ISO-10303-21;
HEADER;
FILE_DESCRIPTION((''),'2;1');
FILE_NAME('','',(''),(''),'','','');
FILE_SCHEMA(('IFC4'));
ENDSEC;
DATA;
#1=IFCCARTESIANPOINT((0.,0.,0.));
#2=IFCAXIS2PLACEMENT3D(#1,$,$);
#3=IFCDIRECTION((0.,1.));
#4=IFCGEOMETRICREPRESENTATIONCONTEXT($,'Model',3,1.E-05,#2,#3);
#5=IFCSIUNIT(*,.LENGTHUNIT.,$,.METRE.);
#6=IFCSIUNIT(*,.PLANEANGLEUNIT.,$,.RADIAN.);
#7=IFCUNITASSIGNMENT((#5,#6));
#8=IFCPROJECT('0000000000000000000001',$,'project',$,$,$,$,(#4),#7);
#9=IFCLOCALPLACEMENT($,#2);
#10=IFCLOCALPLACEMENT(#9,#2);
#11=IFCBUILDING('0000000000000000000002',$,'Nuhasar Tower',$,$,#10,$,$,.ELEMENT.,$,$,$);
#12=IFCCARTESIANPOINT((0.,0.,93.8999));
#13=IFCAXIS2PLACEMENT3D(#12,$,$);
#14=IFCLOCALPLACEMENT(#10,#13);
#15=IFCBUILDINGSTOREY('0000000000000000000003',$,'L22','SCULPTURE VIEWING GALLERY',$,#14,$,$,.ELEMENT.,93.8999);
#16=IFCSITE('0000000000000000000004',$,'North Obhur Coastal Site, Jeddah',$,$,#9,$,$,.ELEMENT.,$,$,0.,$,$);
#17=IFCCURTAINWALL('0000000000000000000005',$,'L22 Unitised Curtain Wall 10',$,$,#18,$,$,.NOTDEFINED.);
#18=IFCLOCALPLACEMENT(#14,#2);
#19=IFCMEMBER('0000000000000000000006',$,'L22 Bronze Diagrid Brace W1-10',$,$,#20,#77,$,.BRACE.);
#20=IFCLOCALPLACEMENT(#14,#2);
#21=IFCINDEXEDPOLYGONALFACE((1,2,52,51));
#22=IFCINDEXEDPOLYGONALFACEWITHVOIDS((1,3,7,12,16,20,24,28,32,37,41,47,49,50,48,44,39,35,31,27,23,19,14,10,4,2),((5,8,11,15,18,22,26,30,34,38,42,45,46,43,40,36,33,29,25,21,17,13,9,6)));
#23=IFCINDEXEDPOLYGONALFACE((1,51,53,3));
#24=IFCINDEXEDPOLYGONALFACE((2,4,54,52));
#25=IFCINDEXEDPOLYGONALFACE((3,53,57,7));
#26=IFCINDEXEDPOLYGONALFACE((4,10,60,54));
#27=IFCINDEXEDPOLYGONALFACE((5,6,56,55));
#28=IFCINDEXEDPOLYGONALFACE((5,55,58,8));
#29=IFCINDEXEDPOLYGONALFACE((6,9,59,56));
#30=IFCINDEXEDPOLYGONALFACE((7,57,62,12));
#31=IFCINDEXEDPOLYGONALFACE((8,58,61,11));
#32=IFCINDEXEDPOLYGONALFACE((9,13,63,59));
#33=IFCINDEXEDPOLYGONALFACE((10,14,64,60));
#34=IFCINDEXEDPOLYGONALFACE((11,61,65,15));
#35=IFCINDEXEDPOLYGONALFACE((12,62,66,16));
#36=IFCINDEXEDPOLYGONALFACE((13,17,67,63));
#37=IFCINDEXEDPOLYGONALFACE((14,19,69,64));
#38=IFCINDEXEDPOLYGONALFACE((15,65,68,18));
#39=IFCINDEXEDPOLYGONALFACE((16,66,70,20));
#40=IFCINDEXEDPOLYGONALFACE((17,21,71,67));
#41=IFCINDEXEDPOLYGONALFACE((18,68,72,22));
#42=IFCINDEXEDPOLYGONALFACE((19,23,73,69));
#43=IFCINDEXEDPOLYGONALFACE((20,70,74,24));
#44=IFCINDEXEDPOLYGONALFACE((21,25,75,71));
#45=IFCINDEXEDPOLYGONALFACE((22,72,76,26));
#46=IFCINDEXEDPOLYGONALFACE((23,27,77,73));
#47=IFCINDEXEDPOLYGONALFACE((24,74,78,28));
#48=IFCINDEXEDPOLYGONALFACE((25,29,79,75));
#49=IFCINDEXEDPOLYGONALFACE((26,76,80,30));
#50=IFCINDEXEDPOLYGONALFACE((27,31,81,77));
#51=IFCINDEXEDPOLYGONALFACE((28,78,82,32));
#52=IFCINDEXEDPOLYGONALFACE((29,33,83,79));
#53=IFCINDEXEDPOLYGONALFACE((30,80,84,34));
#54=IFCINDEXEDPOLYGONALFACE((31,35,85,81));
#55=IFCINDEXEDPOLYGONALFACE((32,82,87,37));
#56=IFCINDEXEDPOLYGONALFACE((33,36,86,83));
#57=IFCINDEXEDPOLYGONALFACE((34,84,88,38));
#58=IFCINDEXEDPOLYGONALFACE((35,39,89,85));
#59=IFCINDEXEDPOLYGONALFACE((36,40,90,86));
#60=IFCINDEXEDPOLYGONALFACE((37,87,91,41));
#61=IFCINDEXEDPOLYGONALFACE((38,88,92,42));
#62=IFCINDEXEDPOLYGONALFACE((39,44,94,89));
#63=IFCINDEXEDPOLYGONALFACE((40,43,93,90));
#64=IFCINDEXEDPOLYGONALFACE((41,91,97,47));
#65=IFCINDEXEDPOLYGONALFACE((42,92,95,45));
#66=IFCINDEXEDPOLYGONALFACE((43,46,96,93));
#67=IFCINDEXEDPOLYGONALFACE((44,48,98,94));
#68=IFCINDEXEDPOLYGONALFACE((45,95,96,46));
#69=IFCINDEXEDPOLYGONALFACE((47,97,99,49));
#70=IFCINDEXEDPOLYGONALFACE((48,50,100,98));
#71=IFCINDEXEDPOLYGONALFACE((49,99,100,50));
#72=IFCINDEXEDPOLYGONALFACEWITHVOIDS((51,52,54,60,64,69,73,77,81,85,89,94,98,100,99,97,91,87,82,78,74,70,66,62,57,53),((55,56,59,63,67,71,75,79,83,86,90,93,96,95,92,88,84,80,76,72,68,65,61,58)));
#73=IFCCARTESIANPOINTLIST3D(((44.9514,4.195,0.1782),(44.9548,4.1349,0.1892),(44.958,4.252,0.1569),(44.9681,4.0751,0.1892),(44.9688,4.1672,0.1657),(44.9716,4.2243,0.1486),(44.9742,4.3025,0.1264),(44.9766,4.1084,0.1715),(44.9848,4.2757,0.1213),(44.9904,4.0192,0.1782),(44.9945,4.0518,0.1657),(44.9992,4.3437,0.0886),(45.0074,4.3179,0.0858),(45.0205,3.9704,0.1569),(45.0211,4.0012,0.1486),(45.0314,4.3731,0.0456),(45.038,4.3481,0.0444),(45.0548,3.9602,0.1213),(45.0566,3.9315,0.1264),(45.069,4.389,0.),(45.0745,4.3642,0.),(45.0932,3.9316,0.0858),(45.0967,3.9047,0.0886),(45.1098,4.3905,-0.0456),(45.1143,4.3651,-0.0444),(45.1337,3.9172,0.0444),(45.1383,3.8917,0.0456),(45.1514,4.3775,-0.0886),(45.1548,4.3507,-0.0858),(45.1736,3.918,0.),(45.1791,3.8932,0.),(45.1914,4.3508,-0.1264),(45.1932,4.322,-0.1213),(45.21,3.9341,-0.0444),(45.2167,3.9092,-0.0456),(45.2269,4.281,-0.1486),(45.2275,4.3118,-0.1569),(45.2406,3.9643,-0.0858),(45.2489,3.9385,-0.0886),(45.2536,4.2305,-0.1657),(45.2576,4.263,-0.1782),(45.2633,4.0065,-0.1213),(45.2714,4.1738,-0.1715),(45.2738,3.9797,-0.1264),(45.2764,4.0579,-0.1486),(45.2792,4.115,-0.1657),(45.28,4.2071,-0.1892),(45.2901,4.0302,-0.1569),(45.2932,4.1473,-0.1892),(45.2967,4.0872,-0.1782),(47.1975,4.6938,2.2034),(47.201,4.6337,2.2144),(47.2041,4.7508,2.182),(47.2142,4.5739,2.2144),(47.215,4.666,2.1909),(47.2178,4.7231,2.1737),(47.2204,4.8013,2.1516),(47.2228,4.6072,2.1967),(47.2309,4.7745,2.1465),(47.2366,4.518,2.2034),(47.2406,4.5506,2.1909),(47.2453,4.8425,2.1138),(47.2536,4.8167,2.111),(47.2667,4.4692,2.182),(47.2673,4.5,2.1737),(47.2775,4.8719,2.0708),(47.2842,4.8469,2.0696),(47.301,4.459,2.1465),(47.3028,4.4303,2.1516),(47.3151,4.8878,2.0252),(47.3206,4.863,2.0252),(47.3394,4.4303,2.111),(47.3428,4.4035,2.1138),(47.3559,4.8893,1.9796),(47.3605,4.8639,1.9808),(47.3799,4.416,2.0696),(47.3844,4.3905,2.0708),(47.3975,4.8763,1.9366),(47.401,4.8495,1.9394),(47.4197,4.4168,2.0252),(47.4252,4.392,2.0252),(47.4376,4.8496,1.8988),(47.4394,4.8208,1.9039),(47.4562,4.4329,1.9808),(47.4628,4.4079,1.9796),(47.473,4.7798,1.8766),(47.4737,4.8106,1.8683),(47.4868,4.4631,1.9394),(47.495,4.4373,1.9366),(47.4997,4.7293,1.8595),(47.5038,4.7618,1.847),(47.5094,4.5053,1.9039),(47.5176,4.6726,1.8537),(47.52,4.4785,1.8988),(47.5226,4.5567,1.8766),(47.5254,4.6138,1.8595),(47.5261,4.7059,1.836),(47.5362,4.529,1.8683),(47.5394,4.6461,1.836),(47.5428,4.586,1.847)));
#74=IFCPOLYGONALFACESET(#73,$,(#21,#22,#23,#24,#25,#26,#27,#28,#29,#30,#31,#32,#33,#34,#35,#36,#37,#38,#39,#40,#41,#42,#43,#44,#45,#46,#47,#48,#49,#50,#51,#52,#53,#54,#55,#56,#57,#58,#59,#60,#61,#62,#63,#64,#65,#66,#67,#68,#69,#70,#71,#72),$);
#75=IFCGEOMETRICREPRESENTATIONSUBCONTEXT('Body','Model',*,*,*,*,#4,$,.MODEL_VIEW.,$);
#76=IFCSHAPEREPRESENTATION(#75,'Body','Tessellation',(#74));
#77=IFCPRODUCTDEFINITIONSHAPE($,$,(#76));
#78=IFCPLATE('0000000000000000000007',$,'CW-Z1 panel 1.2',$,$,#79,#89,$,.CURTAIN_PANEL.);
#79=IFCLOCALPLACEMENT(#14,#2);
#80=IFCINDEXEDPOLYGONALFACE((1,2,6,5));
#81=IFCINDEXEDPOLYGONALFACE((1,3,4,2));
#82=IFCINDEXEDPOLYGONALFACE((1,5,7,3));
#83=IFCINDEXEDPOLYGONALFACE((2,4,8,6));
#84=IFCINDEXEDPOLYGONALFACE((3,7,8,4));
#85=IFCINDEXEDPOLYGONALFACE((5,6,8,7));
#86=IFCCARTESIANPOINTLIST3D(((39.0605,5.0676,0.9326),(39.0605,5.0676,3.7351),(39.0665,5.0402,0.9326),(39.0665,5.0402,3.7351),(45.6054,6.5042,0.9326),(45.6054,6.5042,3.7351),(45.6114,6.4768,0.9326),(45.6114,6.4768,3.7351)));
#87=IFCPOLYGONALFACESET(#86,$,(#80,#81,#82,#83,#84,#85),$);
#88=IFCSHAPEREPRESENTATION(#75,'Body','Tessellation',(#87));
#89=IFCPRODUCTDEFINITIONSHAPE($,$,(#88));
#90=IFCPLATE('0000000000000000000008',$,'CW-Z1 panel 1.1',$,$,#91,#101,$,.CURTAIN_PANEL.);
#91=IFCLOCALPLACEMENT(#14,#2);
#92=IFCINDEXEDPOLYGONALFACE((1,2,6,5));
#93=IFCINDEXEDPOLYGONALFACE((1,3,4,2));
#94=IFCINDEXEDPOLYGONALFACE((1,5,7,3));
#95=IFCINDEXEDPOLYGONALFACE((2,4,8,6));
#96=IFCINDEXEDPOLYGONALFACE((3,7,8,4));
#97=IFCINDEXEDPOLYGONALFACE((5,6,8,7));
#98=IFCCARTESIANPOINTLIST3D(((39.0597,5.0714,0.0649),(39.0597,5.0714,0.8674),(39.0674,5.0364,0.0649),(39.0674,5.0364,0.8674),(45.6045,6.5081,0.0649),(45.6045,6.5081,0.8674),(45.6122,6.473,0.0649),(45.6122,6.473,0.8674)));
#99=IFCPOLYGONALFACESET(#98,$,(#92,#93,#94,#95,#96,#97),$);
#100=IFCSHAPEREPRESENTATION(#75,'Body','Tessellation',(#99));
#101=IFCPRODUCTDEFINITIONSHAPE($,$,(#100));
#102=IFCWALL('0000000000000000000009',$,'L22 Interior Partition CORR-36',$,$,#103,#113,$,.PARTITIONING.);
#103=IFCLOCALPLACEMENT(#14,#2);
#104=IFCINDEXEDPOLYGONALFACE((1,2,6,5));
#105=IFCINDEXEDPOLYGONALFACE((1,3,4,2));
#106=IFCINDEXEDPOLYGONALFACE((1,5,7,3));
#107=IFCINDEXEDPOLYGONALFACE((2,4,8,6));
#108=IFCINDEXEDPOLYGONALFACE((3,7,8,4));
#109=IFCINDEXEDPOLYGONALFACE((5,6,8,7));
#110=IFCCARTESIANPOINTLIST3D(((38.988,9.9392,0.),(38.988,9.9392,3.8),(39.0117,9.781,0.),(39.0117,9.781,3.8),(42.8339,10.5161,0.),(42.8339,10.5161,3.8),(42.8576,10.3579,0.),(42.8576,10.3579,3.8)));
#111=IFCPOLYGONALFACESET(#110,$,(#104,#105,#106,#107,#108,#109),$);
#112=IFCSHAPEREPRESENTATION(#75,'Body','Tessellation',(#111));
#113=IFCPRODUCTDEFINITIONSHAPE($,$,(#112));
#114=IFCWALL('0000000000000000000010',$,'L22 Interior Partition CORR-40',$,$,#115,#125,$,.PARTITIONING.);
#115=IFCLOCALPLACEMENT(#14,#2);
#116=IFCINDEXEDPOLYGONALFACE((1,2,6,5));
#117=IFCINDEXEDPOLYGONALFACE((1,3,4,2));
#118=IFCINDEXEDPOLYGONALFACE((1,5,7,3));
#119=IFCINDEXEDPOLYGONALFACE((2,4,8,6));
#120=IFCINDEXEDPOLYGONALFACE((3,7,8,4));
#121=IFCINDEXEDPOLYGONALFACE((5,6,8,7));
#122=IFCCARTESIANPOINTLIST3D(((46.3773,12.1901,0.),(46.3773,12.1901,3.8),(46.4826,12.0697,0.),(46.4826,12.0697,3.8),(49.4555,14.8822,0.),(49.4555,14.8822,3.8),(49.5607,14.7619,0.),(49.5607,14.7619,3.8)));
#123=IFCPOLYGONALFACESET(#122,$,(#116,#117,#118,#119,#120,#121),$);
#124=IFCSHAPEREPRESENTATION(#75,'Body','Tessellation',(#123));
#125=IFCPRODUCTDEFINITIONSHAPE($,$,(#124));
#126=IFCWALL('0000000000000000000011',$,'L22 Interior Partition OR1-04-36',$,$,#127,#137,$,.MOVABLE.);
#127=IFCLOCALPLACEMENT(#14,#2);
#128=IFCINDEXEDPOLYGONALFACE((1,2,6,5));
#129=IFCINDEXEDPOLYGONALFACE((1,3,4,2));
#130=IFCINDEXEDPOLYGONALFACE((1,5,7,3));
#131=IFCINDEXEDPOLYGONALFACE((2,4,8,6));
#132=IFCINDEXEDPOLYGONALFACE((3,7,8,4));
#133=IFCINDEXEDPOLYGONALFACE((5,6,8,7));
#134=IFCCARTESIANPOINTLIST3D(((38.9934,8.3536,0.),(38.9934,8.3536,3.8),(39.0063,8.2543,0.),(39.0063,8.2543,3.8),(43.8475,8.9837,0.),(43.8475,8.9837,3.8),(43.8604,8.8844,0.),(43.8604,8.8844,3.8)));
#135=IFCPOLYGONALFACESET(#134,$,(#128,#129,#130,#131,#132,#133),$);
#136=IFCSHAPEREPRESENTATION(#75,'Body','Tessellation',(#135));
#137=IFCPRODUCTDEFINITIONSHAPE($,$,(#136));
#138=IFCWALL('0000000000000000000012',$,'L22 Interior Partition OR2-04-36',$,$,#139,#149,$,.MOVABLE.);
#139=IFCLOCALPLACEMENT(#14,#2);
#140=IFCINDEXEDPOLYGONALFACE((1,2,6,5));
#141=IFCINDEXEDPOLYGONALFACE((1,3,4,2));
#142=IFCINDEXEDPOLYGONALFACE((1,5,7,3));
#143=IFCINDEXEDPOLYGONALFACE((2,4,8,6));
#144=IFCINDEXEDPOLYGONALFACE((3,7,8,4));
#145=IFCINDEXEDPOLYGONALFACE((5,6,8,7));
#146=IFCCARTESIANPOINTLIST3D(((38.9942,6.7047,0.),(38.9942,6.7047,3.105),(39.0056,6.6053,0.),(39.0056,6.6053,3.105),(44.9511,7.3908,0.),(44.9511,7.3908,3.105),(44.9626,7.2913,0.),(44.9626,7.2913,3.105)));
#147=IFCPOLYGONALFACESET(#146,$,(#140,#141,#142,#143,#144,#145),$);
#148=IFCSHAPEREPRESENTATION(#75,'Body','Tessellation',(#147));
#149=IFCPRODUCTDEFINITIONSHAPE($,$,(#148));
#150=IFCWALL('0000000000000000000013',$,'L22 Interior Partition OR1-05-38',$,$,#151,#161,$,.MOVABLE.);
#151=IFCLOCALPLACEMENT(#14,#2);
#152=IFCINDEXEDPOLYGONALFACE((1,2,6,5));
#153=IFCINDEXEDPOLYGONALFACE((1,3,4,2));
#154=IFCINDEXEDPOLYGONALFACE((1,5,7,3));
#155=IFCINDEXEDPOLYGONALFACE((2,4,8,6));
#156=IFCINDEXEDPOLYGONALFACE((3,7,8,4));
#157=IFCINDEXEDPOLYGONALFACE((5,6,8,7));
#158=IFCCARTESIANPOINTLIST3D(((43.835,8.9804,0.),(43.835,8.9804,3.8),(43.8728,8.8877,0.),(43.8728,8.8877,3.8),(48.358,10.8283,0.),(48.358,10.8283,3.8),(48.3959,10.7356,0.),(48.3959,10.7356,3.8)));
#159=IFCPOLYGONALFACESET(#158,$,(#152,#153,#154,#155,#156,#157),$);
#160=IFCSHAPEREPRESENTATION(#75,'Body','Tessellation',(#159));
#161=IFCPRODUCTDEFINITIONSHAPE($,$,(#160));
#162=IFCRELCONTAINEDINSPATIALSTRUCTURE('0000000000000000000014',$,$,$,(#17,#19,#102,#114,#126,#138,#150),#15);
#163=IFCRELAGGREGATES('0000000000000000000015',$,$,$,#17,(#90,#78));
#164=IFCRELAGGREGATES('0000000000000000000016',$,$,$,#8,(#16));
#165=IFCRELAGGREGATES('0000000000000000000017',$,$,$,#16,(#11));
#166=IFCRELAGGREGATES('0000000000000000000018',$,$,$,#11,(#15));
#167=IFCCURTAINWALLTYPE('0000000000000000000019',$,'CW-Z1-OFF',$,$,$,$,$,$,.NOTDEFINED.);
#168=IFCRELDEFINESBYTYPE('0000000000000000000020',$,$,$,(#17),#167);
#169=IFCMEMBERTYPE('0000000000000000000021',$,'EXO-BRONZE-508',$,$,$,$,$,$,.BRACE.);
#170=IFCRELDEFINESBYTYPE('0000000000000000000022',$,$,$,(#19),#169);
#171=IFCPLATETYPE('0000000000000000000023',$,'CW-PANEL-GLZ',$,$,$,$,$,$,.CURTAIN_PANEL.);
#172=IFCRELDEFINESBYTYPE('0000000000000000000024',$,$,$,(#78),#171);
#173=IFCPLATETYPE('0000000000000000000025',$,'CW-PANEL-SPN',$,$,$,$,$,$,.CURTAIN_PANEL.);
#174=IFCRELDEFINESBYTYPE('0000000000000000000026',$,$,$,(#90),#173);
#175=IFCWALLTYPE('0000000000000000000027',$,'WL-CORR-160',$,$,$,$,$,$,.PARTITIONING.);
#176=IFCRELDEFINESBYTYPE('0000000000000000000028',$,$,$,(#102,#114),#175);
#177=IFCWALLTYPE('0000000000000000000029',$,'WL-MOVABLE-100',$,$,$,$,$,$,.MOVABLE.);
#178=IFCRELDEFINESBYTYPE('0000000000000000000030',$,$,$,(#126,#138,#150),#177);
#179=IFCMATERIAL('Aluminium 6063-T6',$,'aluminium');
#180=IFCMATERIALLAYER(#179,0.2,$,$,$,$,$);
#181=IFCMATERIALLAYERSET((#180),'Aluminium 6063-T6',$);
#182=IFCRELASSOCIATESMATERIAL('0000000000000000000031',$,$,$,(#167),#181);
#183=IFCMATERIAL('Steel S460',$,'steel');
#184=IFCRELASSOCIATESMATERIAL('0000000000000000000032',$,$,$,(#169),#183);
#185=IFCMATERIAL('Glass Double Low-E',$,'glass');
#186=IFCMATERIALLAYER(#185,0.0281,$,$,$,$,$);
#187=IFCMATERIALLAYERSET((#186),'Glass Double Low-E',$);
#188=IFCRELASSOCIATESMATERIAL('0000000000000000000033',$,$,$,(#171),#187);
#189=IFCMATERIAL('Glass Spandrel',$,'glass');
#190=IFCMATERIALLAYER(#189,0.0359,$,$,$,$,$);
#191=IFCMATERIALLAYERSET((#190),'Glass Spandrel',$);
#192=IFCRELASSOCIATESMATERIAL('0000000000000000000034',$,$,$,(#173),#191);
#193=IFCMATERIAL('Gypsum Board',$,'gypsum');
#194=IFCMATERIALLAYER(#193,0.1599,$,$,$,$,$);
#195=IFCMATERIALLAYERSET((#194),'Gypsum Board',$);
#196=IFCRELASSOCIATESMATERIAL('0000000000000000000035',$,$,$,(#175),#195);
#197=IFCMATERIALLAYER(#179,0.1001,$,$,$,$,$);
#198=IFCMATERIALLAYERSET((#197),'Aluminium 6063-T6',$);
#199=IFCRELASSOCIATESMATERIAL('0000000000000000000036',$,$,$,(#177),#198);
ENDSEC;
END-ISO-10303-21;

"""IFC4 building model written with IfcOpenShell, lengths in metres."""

from ifc_helpers import new_model, si_unit, direction, frame, frame_2d, origin, origin_2d, place, context, subcontext, project, spatial, rectangle, hollow_circle, extrude, material, layer, layer_set, material_profile, profile_set, type_object, element, aggregate, save


model = new_model("IFC4")

# Units and contexts
model_context = context("Model", 3, precision=1e-05, world=origin(), true_north=direction((0.0, 1.0)))
body_context = subcontext(model_context, "Body", "Model", "MODEL_VIEW")
ifc_project = project(units=[si_unit("LENGTHUNIT", "METRE"), si_unit("PLANEANGLEUNIT", "RADIAN")], contexts=[model_context])

# Site, building, storey
site_placement = place(None, origin())
site = spatial("IfcSite", under=ifc_project, at=site_placement, Name="North Obhur Coastal Site, Jeddah", CompositionType="ELEMENT", RefElevation=0.0)
building_placement = place(site_placement, origin())
building = spatial("IfcBuilding", under=site, at=building_placement, Name="Nuhasar Tower", CompositionType="ELEMENT")
storey_placement = place(building_placement, frame((0.0, 0.0, 93.8999)))
storey = spatial("IfcBuildingStorey", under=building, at=storey_placement, Name="L22", Description="SCULPTURE VIEWING GALLERY", CompositionType="ELEMENT", Elevation=93.8999)

# Curtain wall
ifc_material_1 = material(Name="Aluminium 6063-T6", Category="aluminium")
ifc_layer_1 = layer(ifc_material_1, 0.2)
ifc_layer_set_1 = layer_set([ifc_layer_1], Name="Aluminium 6063-T6")
curtain_wall_type = type_object("IfcCurtainWallType", Name="CW-Z1-OFF", PredefinedType="NOTDEFINED", material=ifc_layer_set_1)
curtain_wall_placement = place(storey_placement, origin())
curtain_wall = element("IfcCurtainWall", 1, at=curtain_wall_placement, inside=storey, type_object=curtain_wall_type, Name="L22 Unitised Curtain Wall 10", PredefinedType="NOTDEFINED")

# Member
ifc_material_2 = material(Name="Steel S460", Category="steel")
ifc_material_profile_1 = material_profile(ifc_material_2, hollow_circle(Radius=0.2539, WallThickness=0.0254, at=origin_2d()), Name="HSS508X25.4")
ifc_profile_set_1 = profile_set([ifc_material_profile_1], Name="Steel S460")
member_type_1 = type_object("IfcMemberType", Name="EXO-BRONZE-508", PredefinedType="BRACE", material=ifc_profile_set_1)
member_1_placement = place(storey_placement, frame((45.124, 4.1411, 0.0), z_axis=(0.732792, 0.162728, 0.660708), x_axis=(-0.216784, 0.97622, 0.0)))
element("IfcMember", 2, at=member_1_placement, inside=storey, type_object=member_type_1, Name="L22 Bronze Diagrid Brace W1-10", PredefinedType="BRACE", context=body_context, shape_type="SweptSolid", body=[
    extrude(hollow_circle(Radius=0.2539, WallThickness=0.0254, at=origin_2d()), origin(), (0.0, 0.0, 1.0), 3.0652),
])

# Plates
ifc_material_3 = material(Name="Glass Double Low-E", Category="glass")
ifc_layer_2 = layer(ifc_material_3, 0.0281)
ifc_layer_set_2 = layer_set([ifc_layer_2], Name="Glass Double Low-E")
plate_type_1 = type_object("IfcPlateType", Name="CW-PANEL-GLZ", PredefinedType="CURTAIN_PANEL", material=ifc_layer_set_2)
plate_1_placement = place(storey_placement, frame((42.3359, 5.7722, 0.9326), z_axis=(0.0, 0.0, 1.0), x_axis=(0.976746, 0.214399, 0.0)))
plate_1 = element("IfcPlate", 3, at=plate_1_placement, type_object=plate_type_1, Name="CW-Z1 panel 1.2", PredefinedType="CURTAIN_PANEL", context=body_context, shape_type="SweptSolid", body=[
    extrude(rectangle(XDim=6.7007, YDim=0.0281, at=origin_2d()), origin(), (0.0, 0.0, 1.0), 2.8025),
])
ifc_material_4 = material(Name="Glass Spandrel", Category="glass")
ifc_layer_3 = layer(ifc_material_4, 0.0359)
ifc_layer_set_3 = layer_set([ifc_layer_3], Name="Glass Spandrel")
plate_type_2 = type_object("IfcPlateType", Name="CW-PANEL-SPN", PredefinedType="CURTAIN_PANEL", material=ifc_layer_set_3)
plate_2_placement = place(storey_placement, frame((42.3359, 5.7722, 0.0649), z_axis=(0.0, 0.0, 1.0), x_axis=(0.976746, 0.214399, 0.0)))
plate_2 = element("IfcPlate", 4, at=plate_2_placement, type_object=plate_type_2, Name="CW-Z1 panel 1.1", PredefinedType="CURTAIN_PANEL", context=body_context, shape_type="SweptSolid", body=[
    extrude(rectangle(XDim=6.7007, YDim=0.0359, at=origin_2d()), origin(), (0.0, 0.0, 1.0), 0.8025),
])
aggregate(curtain_wall, [plate_2, plate_1])

# Wall
ifc_material_5 = material(Name="Gypsum Board", Category="gypsum")
ifc_layer_4 = layer(ifc_material_5, 0.1599)
ifc_layer_set_4 = layer_set([ifc_layer_4], Name="Gypsum Board")
wall_type_1 = type_object("IfcWallType", Name="WL-CORR-160", PredefinedType="PARTITIONING", material=ifc_layer_set_4)
wall_1_placement = place(storey_placement, frame((39.0, 9.8601, 0.0), z_axis=(0.0, 0.0, 1.0), x_axis=(0.988936, 0.148344, 0.0)))
element("IfcWall", 5, at=wall_1_placement, inside=storey, type_object=wall_type_1, Name="L22 Interior Partition CORR-36", PredefinedType="PARTITIONING", context=body_context, shape_type="SweptSolid", body=[
    extrude(rectangle(XDim=3.8889, YDim=0.1599, at=frame_2d((1.9443, 0.0))), origin(), (0.0, 0.0, 1.0), 3.8),
])

# Walls
wall_2_placement = place(storey_placement, frame((46.4299, 12.1299, 0.0), z_axis=(0.0, 0.0, 1.0), x_axis=(0.752725, 0.658336, 0.0)))
element("IfcWall", 6, at=wall_2_placement, inside=storey, type_object=wall_type_1, Name="L22 Interior Partition CORR-40", PredefinedType="PARTITIONING", context=body_context, shape_type="SweptSolid", body=[
    extrude(rectangle(XDim=4.0894, YDim=0.1599, at=frame_2d((2.0447, 0.0))), origin(), (0.0, 0.0, 1.0), 3.8),
])
ifc_layer_5 = layer(ifc_material_1, 0.1001)
ifc_layer_set_5 = layer_set([ifc_layer_5], Name="Aluminium 6063-T6")
wall_type_2 = type_object("IfcWallType", Name="WL-MOVABLE-100", PredefinedType="MOVABLE", material=ifc_layer_set_5)
wall_3_placement = place(storey_placement, frame((39.0, 8.304, 0.0), z_axis=(0.0, 0.0, 1.0), x_axis=(0.991679, 0.128736, 0.0)))
element("IfcWall", 7, at=wall_3_placement, inside=storey, type_object=wall_type_2, Name="L22 Interior Partition OR1-04-36", PredefinedType="MOVABLE", context=body_context, shape_type="SweptSolid", body=[
    extrude(rectangle(XDim=4.8948, YDim=0.1001, at=frame_2d((2.4473, 0.0))), origin(), (0.0, 0.0, 1.0), 3.8),
])
wall_4_placement = place(storey_placement, frame((39.0, 6.655, 0.0), z_axis=(0.0, 0.0, 1.0), x_axis=(0.993434, 0.114408, 0.0)))
element("IfcWall", 8, at=wall_4_placement, inside=storey, type_object=wall_type_2, Name="L22 Interior Partition OR2-04-36", PredefinedType="MOVABLE", context=body_context, shape_type="SweptSolid", body=[
    extrude(rectangle(XDim=5.9963, YDim=0.1001, at=frame_2d((2.998, 0.0))), origin(), (0.0, 0.0, 1.0), 3.105),
])
wall_5_placement = place(storey_placement, frame((43.854, 8.9341, 0.0), z_axis=(0.0, 0.0, 1.0), x_axis=(0.925719, 0.378213, 0.0)))
element("IfcWall", 9, at=wall_5_placement, inside=storey, type_object=wall_type_2, Name="L22 Interior Partition OR1-05-38", PredefinedType="MOVABLE", context=body_context, shape_type="SweptSolid", body=[
    extrude(rectangle(XDim=4.886, YDim=0.1001, at=frame_2d((2.4429, 0.0))), origin(), (0.0, 0.0, 1.0), 3.8),
])

save(model, "model.ifc")
